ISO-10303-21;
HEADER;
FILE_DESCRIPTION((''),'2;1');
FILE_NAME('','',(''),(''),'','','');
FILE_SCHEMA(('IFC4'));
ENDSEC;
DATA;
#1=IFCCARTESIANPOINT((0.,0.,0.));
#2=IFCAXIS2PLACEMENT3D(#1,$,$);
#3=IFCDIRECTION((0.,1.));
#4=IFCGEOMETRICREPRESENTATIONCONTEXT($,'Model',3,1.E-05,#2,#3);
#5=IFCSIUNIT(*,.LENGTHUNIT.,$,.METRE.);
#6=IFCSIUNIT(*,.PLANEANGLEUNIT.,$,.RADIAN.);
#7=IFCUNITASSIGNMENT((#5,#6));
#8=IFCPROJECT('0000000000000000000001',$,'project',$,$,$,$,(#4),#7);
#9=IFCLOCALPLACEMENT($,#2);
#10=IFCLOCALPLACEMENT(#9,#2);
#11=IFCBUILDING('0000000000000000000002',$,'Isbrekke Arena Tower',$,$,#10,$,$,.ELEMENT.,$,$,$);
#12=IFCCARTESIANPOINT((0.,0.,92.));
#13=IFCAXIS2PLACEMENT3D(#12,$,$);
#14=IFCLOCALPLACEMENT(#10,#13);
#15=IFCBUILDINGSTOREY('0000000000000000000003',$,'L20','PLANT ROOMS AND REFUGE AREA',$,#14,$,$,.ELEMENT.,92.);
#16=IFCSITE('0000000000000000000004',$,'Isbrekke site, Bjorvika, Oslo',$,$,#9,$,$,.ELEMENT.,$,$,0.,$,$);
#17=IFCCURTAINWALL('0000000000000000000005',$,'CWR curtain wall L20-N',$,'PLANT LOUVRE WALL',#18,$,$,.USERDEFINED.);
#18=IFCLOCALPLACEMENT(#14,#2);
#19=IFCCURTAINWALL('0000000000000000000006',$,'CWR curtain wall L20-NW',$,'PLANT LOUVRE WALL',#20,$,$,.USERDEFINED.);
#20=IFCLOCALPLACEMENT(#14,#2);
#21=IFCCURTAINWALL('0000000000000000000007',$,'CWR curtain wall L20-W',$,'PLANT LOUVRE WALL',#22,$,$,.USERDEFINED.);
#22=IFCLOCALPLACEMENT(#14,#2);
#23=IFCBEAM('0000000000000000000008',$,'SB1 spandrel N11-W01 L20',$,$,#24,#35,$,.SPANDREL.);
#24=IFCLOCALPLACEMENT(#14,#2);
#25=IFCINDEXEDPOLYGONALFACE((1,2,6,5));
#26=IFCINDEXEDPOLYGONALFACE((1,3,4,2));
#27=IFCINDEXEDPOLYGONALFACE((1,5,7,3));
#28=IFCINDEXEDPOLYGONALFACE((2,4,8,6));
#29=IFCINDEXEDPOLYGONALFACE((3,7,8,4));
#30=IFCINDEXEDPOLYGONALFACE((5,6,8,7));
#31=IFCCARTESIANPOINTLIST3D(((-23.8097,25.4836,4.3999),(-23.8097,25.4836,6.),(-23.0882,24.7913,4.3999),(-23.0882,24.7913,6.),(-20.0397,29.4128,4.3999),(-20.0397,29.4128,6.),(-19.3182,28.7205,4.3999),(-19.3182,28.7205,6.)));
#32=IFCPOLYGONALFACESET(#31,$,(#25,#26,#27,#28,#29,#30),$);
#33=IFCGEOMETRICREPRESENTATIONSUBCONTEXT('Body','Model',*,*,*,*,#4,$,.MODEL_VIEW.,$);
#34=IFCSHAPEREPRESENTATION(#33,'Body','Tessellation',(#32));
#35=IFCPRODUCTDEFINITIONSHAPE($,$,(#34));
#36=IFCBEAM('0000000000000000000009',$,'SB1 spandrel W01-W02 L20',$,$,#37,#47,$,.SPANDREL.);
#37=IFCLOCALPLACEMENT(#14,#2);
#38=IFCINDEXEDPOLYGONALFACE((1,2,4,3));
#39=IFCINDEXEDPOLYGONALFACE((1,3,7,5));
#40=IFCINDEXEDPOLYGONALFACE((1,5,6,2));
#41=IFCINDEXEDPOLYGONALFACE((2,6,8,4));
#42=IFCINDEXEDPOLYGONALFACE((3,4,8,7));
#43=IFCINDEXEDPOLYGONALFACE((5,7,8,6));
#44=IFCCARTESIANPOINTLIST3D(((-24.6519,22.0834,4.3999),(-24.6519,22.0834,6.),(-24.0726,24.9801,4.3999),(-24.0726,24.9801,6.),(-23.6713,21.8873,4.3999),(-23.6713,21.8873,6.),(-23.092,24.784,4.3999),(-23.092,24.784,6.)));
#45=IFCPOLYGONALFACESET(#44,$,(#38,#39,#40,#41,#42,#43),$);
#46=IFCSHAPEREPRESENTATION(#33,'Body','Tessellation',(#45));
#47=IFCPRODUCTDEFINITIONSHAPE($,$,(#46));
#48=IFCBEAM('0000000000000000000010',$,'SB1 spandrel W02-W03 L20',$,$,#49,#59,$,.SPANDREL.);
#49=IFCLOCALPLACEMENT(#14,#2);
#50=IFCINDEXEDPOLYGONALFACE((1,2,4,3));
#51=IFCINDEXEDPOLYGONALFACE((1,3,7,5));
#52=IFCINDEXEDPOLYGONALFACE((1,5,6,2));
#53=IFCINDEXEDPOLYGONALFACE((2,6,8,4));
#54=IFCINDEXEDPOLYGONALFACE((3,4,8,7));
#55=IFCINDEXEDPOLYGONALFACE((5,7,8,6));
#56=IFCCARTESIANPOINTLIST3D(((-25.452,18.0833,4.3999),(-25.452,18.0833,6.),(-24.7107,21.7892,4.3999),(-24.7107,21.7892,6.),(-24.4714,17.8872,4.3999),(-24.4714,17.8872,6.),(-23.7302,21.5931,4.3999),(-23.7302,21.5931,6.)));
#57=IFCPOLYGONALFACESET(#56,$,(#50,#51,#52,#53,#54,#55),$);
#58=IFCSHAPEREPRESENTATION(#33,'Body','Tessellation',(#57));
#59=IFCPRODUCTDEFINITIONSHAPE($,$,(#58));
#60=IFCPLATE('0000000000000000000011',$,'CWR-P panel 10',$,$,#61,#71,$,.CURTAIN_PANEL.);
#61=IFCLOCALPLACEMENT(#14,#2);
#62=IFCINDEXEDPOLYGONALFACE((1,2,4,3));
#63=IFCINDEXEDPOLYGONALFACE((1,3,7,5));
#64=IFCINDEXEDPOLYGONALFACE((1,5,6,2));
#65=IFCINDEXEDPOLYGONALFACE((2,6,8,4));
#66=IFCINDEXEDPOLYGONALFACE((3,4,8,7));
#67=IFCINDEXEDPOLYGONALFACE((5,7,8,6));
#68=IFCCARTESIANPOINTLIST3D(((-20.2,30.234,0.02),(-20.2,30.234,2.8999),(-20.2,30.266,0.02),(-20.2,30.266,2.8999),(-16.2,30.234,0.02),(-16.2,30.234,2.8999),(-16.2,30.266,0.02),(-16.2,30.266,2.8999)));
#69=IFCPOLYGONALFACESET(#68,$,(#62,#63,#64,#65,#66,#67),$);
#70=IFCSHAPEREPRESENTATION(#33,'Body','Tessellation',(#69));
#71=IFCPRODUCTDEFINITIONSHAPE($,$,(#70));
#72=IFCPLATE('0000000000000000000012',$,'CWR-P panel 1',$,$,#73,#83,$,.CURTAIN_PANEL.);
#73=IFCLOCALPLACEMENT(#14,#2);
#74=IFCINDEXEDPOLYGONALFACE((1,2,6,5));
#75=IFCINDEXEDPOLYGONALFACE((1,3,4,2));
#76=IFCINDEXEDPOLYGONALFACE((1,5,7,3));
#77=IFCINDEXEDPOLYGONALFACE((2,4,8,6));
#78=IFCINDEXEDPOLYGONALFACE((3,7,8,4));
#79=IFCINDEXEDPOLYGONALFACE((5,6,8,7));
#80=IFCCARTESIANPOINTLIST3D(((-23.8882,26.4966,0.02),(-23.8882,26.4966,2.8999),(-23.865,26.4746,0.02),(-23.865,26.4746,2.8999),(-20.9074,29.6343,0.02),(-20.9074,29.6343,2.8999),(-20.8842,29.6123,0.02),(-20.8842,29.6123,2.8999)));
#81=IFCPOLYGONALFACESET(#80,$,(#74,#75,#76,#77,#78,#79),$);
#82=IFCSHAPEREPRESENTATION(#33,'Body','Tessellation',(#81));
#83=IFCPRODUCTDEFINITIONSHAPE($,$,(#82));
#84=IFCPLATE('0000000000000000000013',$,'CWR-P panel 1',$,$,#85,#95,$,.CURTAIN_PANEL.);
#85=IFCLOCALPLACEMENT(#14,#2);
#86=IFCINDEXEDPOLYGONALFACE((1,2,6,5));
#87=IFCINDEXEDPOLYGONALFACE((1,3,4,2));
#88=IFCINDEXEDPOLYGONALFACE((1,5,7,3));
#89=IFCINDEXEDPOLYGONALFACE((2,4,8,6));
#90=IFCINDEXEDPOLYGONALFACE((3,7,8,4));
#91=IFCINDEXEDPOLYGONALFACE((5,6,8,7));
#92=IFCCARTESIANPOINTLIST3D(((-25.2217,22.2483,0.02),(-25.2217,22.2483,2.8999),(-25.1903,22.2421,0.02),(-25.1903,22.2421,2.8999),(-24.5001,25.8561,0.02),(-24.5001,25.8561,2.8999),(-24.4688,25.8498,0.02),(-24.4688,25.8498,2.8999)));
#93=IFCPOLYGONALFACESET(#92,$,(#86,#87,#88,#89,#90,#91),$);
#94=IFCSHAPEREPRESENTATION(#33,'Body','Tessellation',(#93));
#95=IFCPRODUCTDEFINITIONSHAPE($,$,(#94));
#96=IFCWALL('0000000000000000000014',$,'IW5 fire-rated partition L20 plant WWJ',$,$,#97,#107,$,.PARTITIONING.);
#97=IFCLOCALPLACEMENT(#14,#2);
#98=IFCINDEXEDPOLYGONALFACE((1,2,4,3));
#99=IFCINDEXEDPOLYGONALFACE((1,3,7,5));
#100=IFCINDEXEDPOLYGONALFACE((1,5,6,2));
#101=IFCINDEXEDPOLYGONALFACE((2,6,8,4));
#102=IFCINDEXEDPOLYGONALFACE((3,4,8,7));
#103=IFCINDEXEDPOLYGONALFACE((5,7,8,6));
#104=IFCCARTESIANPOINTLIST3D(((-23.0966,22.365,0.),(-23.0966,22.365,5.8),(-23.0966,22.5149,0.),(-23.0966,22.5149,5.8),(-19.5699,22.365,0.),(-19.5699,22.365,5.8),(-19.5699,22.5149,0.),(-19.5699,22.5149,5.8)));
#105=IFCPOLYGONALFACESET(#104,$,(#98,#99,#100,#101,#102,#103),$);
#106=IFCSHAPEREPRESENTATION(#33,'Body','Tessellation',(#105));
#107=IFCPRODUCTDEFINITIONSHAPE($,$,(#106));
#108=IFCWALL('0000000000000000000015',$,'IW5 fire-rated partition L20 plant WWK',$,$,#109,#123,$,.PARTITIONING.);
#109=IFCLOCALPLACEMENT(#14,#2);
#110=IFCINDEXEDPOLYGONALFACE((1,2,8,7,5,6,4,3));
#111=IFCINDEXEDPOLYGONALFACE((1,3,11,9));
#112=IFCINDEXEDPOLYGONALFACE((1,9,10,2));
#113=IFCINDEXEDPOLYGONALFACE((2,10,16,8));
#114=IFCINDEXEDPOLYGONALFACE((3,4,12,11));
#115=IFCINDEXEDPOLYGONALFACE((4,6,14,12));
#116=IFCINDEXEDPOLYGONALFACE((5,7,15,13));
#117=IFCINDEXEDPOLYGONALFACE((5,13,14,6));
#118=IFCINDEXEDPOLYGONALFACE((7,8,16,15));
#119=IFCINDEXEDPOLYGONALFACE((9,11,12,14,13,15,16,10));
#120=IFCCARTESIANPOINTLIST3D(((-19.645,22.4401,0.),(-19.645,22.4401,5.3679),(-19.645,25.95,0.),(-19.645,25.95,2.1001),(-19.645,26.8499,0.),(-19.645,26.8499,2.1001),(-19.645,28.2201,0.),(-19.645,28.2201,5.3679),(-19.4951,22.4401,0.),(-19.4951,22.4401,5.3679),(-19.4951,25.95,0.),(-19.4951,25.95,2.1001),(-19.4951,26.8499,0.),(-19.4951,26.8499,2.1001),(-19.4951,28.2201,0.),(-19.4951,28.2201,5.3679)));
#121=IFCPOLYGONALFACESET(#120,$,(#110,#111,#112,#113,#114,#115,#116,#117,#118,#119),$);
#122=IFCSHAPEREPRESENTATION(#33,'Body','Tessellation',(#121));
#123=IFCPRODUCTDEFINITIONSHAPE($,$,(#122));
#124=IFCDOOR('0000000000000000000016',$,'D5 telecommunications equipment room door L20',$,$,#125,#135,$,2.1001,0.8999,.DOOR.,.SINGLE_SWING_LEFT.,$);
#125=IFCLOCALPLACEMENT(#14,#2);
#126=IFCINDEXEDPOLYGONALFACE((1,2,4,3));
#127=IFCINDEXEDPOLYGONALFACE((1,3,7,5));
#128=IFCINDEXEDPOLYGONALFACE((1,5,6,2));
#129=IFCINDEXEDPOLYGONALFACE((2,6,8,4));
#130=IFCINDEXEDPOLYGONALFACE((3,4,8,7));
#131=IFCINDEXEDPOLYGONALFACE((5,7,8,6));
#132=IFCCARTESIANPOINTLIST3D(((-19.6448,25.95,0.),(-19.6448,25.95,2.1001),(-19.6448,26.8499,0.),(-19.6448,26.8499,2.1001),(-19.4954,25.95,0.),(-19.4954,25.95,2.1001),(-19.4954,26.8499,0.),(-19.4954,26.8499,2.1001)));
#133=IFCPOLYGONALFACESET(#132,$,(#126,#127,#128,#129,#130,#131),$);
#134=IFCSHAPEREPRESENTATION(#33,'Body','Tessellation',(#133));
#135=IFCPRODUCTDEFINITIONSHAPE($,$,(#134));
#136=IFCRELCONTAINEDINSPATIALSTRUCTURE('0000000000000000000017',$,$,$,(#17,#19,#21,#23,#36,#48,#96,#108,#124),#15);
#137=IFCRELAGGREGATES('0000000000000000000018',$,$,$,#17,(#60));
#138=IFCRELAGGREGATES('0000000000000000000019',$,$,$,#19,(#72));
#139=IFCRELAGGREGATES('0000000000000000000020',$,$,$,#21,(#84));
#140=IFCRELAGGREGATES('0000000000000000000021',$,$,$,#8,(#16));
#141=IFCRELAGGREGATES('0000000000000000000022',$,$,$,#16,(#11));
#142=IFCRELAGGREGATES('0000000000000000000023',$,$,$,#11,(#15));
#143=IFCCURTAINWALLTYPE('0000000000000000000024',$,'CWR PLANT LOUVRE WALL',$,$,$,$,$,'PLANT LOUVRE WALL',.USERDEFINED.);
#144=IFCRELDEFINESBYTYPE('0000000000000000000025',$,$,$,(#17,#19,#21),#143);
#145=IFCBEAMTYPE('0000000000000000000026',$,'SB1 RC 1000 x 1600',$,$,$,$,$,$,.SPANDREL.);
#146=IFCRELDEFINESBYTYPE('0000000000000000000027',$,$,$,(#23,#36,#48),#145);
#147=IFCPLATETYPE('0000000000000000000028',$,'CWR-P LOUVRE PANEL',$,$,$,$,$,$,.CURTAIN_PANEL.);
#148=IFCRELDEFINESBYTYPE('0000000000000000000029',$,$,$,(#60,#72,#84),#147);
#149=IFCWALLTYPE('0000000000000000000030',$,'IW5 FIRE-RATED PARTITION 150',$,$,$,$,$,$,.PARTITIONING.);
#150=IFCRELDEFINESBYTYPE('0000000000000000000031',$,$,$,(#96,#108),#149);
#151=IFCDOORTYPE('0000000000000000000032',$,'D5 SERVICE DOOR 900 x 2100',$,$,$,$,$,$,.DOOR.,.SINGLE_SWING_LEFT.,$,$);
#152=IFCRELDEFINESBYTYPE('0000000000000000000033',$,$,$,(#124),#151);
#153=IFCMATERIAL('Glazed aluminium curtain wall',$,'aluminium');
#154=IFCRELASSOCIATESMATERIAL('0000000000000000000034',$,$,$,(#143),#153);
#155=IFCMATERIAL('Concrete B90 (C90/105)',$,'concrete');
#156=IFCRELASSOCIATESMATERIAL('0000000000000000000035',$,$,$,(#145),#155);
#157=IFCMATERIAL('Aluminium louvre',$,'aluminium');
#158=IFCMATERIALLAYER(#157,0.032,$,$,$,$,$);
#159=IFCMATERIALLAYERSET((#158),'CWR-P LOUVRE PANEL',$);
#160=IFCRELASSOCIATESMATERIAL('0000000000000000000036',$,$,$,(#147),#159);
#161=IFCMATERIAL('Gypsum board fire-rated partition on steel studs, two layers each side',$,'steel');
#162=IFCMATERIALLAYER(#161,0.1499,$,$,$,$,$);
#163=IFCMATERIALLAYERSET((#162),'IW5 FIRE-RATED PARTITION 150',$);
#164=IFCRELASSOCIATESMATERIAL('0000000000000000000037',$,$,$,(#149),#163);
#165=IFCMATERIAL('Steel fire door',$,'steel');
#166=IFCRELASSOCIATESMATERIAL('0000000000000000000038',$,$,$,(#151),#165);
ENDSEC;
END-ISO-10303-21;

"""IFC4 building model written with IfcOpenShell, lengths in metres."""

from ifc_helpers import new_model, si_unit, direction, frame, frame_2d, origin, origin_2d, place, context, subcontext, project, spatial, rectangle, extrude, material, layer, layer_set, material_profile, profile_set, type_object, element, fill, aggregate, save


model = new_model("IFC4")

# Units and contexts
model_context = context("Model", 3, precision=1e-05, world=origin(), true_north=direction((0.0, 1.0)))
body_context = subcontext(model_context, "Body", "Model", "MODEL_VIEW")
ifc_project = project(units=[si_unit("LENGTHUNIT", "METRE"), si_unit("PLANEANGLEUNIT", "RADIAN")], contexts=[model_context])

# Site, building, storey
site_placement = place(None, origin())
site = spatial("IfcSite", under=ifc_project, at=site_placement, Name="Isbrekke site, Bjorvika, Oslo", CompositionType="ELEMENT", RefElevation=0.0)
building_placement = place(site_placement, origin())
building = spatial("IfcBuilding", under=site, at=building_placement, Name="Isbrekke Arena Tower", CompositionType="ELEMENT")
storey_placement = place(building_placement, frame((0.0, 0.0, 92.0)))
storey = spatial("IfcBuildingStorey", under=building, at=storey_placement, Name="L20", Description="PLANT ROOMS AND REFUGE AREA", CompositionType="ELEMENT", Elevation=92.0)

# Curtain wall
ifc_material_1 = material(Name="Glazed aluminium curtain wall", Category="aluminium")
curtain_wall_type = type_object("IfcCurtainWallType", Name="CWR PLANT LOUVRE WALL", ElementType="PLANT LOUVRE WALL", PredefinedType="USERDEFINED", material=ifc_material_1)
curtain_wall_1_placement = place(storey_placement, origin())
curtain_wall_1 = element("IfcCurtainWall", 1, at=curtain_wall_1_placement, inside=storey, type_object=curtain_wall_type, Name="CWR curtain wall L20-N", ObjectType="PLANT LOUVRE WALL", PredefinedType="USERDEFINED")

# Curtain walls
curtain_wall_2_placement = place(storey_placement, origin())
curtain_wall_2 = element("IfcCurtainWall", 2, at=curtain_wall_2_placement, inside=storey, type_object=curtain_wall_type, Name="CWR curtain wall L20-NW", ObjectType="PLANT LOUVRE WALL", PredefinedType="USERDEFINED")
curtain_wall_3_placement = place(storey_placement, origin())
curtain_wall_3 = element("IfcCurtainWall", 3, at=curtain_wall_3_placement, inside=storey, type_object=curtain_wall_type, Name="CWR curtain wall L20-W", ObjectType="PLANT LOUVRE WALL", PredefinedType="USERDEFINED")

# Beams
ifc_material_2 = material(Name="Concrete B90 (C90/105)", Category="concrete")
ifc_material_profile_1 = material_profile(ifc_material_2, rectangle(XDim=1.0, YDim=1.6001, at=origin_2d()), Name="RC 1000x1600")
ifc_profile_set_1 = profile_set([ifc_material_profile_1], Name="Concrete B90 (C90/105)")
beam_type_1 = type_object("IfcBeamType", Name="SB1 RC 1000 x 1600", PredefinedType="SPANDREL", material=ifc_profile_set_1)
beam_1_placement = place(storey_placement, frame((-19.679, 29.0667, 5.2), z_axis=(-0.69234, -0.721572, 0.0), x_axis=(0.721572, -0.69234, 0.0)))
element("IfcBeam", 4, at=beam_1_placement, inside=storey, type_object=beam_type_1, Name="SB1 spandrel N11-W01 L20", PredefinedType="SPANDREL", context=body_context, shape_type="SweptSolid", body=[
    extrude(rectangle(XDim=1.0, YDim=1.6001, at=origin_2d()), origin(), (0.0, 0.0, 1.0), 5.4453),
])
beam_2_placement = place(storey_placement, frame((-23.5823, 24.8821, 5.2), z_axis=(-0.196116, -0.980581, 0.0), x_axis=(0.980581, -0.196116, 0.0)))
element("IfcBeam", 5, at=beam_2_placement, inside=storey, type_object=beam_type_1, Name="SB1 spandrel W01-W02 L20", PredefinedType="SPANDREL", context=body_context, shape_type="SweptSolid", body=[
    extrude(rectangle(XDim=1.0, YDim=1.6001, at=origin_2d()), origin(), (0.0, 0.0, 1.0), 2.9541),
])
beam_3_placement = place(storey_placement, frame((-24.2205, 21.6912, 5.2), z_axis=(-0.196129, -0.980578, 0.0), x_axis=(0.980578, -0.196129, 0.0)))
element("IfcBeam", 6, at=beam_3_placement, inside=storey, type_object=beam_type_1, Name="SB1 spandrel W02-W03 L20", PredefinedType="SPANDREL", context=body_context, shape_type="SweptSolid", body=[
    extrude(rectangle(XDim=1.0, YDim=1.6001, at=origin_2d()), origin(), (0.0, 0.0, 1.0), 3.7793),
])

# Plates
ifc_material_3 = material(Name="Aluminium louvre", Category="aluminium")
ifc_layer_1 = layer(ifc_material_3, 0.032)
ifc_layer_set_1 = layer_set([ifc_layer_1], Name="CWR-P LOUVRE PANEL")
plate_type = type_object("IfcPlateType", Name="CWR-P LOUVRE PANEL", PredefinedType="CURTAIN_PANEL", material=ifc_layer_set_1)
plate_1_placement = place(storey_placement, frame((-18.2, 30.25, 0.02), z_axis=(0.0, 0.0, 1.0), x_axis=(-1.0, 0.0, 0.0)))
plate_1 = element("IfcPlate", 7, at=plate_1_placement, type_object=plate_type, Name="CWR-P panel 10", PredefinedType="CURTAIN_PANEL", context=body_context, shape_type="SweptSolid", body=[
    extrude(rectangle(XDim=4.0, YDim=0.032, at=origin_2d()), origin(), (0.0, 0.0, 1.0), 2.8799),
])
aggregate(curtain_wall_1, [plate_1])
plate_2_placement = place(storey_placement, frame((-22.3862, 28.0544, 0.02), z_axis=(0.0, 0.0, 1.0), x_axis=(-0.688749, -0.724999, 0.0)))
plate_2 = element("IfcPlate", 8, at=plate_2_placement, type_object=plate_type, Name="CWR-P panel 1", PredefinedType="CURTAIN_PANEL", context=body_context, shape_type="SweptSolid", body=[
    extrude(rectangle(XDim=4.3279, YDim=0.032, at=origin_2d()), origin(), (0.0, 0.0, 1.0), 2.8799),
])
aggregate(curtain_wall_2, [plate_2])
plate_3_placement = place(storey_placement, frame((-24.8452, 24.0491, 0.02), z_axis=(0.0, 0.0, 1.0), x_axis=(-0.196116, -0.980581, 0.0)))
plate_3 = element("IfcPlate", 9, at=plate_3_placement, type_object=plate_type, Name="CWR-P panel 1", PredefinedType="CURTAIN_PANEL", context=body_context, shape_type="SweptSolid", body=[
    extrude(rectangle(XDim=3.6792, YDim=0.032, at=origin_2d()), origin(), (0.0, 0.0, 1.0), 2.8799),
])
aggregate(curtain_wall_3, [plate_3])

# Wall
ifc_material_4 = material(Name="Gypsum board fire-rated partition on steel studs, two layers each side", Category="steel")
ifc_layer_2 = layer(ifc_material_4, 0.1499)
ifc_layer_set_2 = layer_set([ifc_layer_2], Name="IW5 FIRE-RATED PARTITION 150")
wall_type = type_object("IfcWallType", Name="IW5 FIRE-RATED PARTITION 150", PredefinedType="PARTITIONING", material=ifc_layer_set_2)
wall_1_placement = place(storey_placement, frame((-19.5701, 22.4399, 0.0), z_axis=(0.0, 0.0, 1.0), x_axis=(-1.0, 0.0, 0.0)))
element("IfcWall", 10, at=wall_1_placement, inside=storey, type_object=wall_type, Name="IW5 fire-rated partition L20 plant WWJ", PredefinedType="PARTITIONING", context=body_context, shape_type="SweptSolid", body=[
    extrude(rectangle(XDim=3.5266, YDim=0.1499, at=frame_2d((1.7632, 0.0))), origin(), (0.0, 0.0, 1.0), 5.8),
])

# Wall, opening, door
wall_2_placement = place(storey_placement, frame((-19.5701, 22.4399, 0.0), z_axis=(0.0, 0.0, 1.0), x_axis=(0.0, 1.0, 0.0)))
wall_2 = element("IfcWall", 11, at=wall_2_placement, inside=storey, type_object=wall_type, Name="IW5 fire-rated partition L20 plant WWK", PredefinedType="PARTITIONING", context=body_context, shape_type="SweptSolid", body=[
    extrude(rectangle(XDim=5.78, YDim=0.1499, at=frame_2d((2.8901, 0.0))), origin(), (0.0, 0.0, 1.0), 5.3679),
])
opening_placement = place(wall_2_placement, frame((3.51, 0.0, 0.0)))
opening = element("IfcOpeningElement", 12, at=opening_placement, cuts=wall_2, PredefinedType="OPENING", context=body_context, shape_type="SweptSolid", body=[
    extrude(rectangle(XDim=0.8999, YDim=2.1001, at=frame_2d((0.45, 1.05))), frame((0.0, 0.0898, 0.0), z_axis=(0.0, -1.0, 0.0), x_axis=(1.0, 0.0, 0.0)), (0.0, 0.0, 1.0), 0.1797),
])
ifc_material_5 = material(Name="Steel fire door", Category="steel")
door_type = type_object("IfcDoorType", Name="D5 SERVICE DOOR 900 x 2100", OperationType="SINGLE_SWING_LEFT", PredefinedType="DOOR", material=ifc_material_5)
door_placement = place(opening_placement, origin())
door = element("IfcDoor", 13, at=door_placement, inside=storey, type_object=door_type, Name="D5 telecommunications equipment room door L20", OperationType="SINGLE_SWING_LEFT", OverallHeight=2.1001, OverallWidth=0.8999, PredefinedType="DOOR", context=body_context, shape_type="SweptSolid", body=[
    extrude(rectangle(XDim=0.8999, YDim=2.1001, at=frame_2d((0.45, 1.05))), frame((0.0, 0.0747, 0.0), z_axis=(0.0, -1.0, 0.0), x_axis=(1.0, 0.0, 0.0)), (0.0, 0.0, 1.0), 0.1494),
])
fill(opening, door)

save(model, "model.ifc")
